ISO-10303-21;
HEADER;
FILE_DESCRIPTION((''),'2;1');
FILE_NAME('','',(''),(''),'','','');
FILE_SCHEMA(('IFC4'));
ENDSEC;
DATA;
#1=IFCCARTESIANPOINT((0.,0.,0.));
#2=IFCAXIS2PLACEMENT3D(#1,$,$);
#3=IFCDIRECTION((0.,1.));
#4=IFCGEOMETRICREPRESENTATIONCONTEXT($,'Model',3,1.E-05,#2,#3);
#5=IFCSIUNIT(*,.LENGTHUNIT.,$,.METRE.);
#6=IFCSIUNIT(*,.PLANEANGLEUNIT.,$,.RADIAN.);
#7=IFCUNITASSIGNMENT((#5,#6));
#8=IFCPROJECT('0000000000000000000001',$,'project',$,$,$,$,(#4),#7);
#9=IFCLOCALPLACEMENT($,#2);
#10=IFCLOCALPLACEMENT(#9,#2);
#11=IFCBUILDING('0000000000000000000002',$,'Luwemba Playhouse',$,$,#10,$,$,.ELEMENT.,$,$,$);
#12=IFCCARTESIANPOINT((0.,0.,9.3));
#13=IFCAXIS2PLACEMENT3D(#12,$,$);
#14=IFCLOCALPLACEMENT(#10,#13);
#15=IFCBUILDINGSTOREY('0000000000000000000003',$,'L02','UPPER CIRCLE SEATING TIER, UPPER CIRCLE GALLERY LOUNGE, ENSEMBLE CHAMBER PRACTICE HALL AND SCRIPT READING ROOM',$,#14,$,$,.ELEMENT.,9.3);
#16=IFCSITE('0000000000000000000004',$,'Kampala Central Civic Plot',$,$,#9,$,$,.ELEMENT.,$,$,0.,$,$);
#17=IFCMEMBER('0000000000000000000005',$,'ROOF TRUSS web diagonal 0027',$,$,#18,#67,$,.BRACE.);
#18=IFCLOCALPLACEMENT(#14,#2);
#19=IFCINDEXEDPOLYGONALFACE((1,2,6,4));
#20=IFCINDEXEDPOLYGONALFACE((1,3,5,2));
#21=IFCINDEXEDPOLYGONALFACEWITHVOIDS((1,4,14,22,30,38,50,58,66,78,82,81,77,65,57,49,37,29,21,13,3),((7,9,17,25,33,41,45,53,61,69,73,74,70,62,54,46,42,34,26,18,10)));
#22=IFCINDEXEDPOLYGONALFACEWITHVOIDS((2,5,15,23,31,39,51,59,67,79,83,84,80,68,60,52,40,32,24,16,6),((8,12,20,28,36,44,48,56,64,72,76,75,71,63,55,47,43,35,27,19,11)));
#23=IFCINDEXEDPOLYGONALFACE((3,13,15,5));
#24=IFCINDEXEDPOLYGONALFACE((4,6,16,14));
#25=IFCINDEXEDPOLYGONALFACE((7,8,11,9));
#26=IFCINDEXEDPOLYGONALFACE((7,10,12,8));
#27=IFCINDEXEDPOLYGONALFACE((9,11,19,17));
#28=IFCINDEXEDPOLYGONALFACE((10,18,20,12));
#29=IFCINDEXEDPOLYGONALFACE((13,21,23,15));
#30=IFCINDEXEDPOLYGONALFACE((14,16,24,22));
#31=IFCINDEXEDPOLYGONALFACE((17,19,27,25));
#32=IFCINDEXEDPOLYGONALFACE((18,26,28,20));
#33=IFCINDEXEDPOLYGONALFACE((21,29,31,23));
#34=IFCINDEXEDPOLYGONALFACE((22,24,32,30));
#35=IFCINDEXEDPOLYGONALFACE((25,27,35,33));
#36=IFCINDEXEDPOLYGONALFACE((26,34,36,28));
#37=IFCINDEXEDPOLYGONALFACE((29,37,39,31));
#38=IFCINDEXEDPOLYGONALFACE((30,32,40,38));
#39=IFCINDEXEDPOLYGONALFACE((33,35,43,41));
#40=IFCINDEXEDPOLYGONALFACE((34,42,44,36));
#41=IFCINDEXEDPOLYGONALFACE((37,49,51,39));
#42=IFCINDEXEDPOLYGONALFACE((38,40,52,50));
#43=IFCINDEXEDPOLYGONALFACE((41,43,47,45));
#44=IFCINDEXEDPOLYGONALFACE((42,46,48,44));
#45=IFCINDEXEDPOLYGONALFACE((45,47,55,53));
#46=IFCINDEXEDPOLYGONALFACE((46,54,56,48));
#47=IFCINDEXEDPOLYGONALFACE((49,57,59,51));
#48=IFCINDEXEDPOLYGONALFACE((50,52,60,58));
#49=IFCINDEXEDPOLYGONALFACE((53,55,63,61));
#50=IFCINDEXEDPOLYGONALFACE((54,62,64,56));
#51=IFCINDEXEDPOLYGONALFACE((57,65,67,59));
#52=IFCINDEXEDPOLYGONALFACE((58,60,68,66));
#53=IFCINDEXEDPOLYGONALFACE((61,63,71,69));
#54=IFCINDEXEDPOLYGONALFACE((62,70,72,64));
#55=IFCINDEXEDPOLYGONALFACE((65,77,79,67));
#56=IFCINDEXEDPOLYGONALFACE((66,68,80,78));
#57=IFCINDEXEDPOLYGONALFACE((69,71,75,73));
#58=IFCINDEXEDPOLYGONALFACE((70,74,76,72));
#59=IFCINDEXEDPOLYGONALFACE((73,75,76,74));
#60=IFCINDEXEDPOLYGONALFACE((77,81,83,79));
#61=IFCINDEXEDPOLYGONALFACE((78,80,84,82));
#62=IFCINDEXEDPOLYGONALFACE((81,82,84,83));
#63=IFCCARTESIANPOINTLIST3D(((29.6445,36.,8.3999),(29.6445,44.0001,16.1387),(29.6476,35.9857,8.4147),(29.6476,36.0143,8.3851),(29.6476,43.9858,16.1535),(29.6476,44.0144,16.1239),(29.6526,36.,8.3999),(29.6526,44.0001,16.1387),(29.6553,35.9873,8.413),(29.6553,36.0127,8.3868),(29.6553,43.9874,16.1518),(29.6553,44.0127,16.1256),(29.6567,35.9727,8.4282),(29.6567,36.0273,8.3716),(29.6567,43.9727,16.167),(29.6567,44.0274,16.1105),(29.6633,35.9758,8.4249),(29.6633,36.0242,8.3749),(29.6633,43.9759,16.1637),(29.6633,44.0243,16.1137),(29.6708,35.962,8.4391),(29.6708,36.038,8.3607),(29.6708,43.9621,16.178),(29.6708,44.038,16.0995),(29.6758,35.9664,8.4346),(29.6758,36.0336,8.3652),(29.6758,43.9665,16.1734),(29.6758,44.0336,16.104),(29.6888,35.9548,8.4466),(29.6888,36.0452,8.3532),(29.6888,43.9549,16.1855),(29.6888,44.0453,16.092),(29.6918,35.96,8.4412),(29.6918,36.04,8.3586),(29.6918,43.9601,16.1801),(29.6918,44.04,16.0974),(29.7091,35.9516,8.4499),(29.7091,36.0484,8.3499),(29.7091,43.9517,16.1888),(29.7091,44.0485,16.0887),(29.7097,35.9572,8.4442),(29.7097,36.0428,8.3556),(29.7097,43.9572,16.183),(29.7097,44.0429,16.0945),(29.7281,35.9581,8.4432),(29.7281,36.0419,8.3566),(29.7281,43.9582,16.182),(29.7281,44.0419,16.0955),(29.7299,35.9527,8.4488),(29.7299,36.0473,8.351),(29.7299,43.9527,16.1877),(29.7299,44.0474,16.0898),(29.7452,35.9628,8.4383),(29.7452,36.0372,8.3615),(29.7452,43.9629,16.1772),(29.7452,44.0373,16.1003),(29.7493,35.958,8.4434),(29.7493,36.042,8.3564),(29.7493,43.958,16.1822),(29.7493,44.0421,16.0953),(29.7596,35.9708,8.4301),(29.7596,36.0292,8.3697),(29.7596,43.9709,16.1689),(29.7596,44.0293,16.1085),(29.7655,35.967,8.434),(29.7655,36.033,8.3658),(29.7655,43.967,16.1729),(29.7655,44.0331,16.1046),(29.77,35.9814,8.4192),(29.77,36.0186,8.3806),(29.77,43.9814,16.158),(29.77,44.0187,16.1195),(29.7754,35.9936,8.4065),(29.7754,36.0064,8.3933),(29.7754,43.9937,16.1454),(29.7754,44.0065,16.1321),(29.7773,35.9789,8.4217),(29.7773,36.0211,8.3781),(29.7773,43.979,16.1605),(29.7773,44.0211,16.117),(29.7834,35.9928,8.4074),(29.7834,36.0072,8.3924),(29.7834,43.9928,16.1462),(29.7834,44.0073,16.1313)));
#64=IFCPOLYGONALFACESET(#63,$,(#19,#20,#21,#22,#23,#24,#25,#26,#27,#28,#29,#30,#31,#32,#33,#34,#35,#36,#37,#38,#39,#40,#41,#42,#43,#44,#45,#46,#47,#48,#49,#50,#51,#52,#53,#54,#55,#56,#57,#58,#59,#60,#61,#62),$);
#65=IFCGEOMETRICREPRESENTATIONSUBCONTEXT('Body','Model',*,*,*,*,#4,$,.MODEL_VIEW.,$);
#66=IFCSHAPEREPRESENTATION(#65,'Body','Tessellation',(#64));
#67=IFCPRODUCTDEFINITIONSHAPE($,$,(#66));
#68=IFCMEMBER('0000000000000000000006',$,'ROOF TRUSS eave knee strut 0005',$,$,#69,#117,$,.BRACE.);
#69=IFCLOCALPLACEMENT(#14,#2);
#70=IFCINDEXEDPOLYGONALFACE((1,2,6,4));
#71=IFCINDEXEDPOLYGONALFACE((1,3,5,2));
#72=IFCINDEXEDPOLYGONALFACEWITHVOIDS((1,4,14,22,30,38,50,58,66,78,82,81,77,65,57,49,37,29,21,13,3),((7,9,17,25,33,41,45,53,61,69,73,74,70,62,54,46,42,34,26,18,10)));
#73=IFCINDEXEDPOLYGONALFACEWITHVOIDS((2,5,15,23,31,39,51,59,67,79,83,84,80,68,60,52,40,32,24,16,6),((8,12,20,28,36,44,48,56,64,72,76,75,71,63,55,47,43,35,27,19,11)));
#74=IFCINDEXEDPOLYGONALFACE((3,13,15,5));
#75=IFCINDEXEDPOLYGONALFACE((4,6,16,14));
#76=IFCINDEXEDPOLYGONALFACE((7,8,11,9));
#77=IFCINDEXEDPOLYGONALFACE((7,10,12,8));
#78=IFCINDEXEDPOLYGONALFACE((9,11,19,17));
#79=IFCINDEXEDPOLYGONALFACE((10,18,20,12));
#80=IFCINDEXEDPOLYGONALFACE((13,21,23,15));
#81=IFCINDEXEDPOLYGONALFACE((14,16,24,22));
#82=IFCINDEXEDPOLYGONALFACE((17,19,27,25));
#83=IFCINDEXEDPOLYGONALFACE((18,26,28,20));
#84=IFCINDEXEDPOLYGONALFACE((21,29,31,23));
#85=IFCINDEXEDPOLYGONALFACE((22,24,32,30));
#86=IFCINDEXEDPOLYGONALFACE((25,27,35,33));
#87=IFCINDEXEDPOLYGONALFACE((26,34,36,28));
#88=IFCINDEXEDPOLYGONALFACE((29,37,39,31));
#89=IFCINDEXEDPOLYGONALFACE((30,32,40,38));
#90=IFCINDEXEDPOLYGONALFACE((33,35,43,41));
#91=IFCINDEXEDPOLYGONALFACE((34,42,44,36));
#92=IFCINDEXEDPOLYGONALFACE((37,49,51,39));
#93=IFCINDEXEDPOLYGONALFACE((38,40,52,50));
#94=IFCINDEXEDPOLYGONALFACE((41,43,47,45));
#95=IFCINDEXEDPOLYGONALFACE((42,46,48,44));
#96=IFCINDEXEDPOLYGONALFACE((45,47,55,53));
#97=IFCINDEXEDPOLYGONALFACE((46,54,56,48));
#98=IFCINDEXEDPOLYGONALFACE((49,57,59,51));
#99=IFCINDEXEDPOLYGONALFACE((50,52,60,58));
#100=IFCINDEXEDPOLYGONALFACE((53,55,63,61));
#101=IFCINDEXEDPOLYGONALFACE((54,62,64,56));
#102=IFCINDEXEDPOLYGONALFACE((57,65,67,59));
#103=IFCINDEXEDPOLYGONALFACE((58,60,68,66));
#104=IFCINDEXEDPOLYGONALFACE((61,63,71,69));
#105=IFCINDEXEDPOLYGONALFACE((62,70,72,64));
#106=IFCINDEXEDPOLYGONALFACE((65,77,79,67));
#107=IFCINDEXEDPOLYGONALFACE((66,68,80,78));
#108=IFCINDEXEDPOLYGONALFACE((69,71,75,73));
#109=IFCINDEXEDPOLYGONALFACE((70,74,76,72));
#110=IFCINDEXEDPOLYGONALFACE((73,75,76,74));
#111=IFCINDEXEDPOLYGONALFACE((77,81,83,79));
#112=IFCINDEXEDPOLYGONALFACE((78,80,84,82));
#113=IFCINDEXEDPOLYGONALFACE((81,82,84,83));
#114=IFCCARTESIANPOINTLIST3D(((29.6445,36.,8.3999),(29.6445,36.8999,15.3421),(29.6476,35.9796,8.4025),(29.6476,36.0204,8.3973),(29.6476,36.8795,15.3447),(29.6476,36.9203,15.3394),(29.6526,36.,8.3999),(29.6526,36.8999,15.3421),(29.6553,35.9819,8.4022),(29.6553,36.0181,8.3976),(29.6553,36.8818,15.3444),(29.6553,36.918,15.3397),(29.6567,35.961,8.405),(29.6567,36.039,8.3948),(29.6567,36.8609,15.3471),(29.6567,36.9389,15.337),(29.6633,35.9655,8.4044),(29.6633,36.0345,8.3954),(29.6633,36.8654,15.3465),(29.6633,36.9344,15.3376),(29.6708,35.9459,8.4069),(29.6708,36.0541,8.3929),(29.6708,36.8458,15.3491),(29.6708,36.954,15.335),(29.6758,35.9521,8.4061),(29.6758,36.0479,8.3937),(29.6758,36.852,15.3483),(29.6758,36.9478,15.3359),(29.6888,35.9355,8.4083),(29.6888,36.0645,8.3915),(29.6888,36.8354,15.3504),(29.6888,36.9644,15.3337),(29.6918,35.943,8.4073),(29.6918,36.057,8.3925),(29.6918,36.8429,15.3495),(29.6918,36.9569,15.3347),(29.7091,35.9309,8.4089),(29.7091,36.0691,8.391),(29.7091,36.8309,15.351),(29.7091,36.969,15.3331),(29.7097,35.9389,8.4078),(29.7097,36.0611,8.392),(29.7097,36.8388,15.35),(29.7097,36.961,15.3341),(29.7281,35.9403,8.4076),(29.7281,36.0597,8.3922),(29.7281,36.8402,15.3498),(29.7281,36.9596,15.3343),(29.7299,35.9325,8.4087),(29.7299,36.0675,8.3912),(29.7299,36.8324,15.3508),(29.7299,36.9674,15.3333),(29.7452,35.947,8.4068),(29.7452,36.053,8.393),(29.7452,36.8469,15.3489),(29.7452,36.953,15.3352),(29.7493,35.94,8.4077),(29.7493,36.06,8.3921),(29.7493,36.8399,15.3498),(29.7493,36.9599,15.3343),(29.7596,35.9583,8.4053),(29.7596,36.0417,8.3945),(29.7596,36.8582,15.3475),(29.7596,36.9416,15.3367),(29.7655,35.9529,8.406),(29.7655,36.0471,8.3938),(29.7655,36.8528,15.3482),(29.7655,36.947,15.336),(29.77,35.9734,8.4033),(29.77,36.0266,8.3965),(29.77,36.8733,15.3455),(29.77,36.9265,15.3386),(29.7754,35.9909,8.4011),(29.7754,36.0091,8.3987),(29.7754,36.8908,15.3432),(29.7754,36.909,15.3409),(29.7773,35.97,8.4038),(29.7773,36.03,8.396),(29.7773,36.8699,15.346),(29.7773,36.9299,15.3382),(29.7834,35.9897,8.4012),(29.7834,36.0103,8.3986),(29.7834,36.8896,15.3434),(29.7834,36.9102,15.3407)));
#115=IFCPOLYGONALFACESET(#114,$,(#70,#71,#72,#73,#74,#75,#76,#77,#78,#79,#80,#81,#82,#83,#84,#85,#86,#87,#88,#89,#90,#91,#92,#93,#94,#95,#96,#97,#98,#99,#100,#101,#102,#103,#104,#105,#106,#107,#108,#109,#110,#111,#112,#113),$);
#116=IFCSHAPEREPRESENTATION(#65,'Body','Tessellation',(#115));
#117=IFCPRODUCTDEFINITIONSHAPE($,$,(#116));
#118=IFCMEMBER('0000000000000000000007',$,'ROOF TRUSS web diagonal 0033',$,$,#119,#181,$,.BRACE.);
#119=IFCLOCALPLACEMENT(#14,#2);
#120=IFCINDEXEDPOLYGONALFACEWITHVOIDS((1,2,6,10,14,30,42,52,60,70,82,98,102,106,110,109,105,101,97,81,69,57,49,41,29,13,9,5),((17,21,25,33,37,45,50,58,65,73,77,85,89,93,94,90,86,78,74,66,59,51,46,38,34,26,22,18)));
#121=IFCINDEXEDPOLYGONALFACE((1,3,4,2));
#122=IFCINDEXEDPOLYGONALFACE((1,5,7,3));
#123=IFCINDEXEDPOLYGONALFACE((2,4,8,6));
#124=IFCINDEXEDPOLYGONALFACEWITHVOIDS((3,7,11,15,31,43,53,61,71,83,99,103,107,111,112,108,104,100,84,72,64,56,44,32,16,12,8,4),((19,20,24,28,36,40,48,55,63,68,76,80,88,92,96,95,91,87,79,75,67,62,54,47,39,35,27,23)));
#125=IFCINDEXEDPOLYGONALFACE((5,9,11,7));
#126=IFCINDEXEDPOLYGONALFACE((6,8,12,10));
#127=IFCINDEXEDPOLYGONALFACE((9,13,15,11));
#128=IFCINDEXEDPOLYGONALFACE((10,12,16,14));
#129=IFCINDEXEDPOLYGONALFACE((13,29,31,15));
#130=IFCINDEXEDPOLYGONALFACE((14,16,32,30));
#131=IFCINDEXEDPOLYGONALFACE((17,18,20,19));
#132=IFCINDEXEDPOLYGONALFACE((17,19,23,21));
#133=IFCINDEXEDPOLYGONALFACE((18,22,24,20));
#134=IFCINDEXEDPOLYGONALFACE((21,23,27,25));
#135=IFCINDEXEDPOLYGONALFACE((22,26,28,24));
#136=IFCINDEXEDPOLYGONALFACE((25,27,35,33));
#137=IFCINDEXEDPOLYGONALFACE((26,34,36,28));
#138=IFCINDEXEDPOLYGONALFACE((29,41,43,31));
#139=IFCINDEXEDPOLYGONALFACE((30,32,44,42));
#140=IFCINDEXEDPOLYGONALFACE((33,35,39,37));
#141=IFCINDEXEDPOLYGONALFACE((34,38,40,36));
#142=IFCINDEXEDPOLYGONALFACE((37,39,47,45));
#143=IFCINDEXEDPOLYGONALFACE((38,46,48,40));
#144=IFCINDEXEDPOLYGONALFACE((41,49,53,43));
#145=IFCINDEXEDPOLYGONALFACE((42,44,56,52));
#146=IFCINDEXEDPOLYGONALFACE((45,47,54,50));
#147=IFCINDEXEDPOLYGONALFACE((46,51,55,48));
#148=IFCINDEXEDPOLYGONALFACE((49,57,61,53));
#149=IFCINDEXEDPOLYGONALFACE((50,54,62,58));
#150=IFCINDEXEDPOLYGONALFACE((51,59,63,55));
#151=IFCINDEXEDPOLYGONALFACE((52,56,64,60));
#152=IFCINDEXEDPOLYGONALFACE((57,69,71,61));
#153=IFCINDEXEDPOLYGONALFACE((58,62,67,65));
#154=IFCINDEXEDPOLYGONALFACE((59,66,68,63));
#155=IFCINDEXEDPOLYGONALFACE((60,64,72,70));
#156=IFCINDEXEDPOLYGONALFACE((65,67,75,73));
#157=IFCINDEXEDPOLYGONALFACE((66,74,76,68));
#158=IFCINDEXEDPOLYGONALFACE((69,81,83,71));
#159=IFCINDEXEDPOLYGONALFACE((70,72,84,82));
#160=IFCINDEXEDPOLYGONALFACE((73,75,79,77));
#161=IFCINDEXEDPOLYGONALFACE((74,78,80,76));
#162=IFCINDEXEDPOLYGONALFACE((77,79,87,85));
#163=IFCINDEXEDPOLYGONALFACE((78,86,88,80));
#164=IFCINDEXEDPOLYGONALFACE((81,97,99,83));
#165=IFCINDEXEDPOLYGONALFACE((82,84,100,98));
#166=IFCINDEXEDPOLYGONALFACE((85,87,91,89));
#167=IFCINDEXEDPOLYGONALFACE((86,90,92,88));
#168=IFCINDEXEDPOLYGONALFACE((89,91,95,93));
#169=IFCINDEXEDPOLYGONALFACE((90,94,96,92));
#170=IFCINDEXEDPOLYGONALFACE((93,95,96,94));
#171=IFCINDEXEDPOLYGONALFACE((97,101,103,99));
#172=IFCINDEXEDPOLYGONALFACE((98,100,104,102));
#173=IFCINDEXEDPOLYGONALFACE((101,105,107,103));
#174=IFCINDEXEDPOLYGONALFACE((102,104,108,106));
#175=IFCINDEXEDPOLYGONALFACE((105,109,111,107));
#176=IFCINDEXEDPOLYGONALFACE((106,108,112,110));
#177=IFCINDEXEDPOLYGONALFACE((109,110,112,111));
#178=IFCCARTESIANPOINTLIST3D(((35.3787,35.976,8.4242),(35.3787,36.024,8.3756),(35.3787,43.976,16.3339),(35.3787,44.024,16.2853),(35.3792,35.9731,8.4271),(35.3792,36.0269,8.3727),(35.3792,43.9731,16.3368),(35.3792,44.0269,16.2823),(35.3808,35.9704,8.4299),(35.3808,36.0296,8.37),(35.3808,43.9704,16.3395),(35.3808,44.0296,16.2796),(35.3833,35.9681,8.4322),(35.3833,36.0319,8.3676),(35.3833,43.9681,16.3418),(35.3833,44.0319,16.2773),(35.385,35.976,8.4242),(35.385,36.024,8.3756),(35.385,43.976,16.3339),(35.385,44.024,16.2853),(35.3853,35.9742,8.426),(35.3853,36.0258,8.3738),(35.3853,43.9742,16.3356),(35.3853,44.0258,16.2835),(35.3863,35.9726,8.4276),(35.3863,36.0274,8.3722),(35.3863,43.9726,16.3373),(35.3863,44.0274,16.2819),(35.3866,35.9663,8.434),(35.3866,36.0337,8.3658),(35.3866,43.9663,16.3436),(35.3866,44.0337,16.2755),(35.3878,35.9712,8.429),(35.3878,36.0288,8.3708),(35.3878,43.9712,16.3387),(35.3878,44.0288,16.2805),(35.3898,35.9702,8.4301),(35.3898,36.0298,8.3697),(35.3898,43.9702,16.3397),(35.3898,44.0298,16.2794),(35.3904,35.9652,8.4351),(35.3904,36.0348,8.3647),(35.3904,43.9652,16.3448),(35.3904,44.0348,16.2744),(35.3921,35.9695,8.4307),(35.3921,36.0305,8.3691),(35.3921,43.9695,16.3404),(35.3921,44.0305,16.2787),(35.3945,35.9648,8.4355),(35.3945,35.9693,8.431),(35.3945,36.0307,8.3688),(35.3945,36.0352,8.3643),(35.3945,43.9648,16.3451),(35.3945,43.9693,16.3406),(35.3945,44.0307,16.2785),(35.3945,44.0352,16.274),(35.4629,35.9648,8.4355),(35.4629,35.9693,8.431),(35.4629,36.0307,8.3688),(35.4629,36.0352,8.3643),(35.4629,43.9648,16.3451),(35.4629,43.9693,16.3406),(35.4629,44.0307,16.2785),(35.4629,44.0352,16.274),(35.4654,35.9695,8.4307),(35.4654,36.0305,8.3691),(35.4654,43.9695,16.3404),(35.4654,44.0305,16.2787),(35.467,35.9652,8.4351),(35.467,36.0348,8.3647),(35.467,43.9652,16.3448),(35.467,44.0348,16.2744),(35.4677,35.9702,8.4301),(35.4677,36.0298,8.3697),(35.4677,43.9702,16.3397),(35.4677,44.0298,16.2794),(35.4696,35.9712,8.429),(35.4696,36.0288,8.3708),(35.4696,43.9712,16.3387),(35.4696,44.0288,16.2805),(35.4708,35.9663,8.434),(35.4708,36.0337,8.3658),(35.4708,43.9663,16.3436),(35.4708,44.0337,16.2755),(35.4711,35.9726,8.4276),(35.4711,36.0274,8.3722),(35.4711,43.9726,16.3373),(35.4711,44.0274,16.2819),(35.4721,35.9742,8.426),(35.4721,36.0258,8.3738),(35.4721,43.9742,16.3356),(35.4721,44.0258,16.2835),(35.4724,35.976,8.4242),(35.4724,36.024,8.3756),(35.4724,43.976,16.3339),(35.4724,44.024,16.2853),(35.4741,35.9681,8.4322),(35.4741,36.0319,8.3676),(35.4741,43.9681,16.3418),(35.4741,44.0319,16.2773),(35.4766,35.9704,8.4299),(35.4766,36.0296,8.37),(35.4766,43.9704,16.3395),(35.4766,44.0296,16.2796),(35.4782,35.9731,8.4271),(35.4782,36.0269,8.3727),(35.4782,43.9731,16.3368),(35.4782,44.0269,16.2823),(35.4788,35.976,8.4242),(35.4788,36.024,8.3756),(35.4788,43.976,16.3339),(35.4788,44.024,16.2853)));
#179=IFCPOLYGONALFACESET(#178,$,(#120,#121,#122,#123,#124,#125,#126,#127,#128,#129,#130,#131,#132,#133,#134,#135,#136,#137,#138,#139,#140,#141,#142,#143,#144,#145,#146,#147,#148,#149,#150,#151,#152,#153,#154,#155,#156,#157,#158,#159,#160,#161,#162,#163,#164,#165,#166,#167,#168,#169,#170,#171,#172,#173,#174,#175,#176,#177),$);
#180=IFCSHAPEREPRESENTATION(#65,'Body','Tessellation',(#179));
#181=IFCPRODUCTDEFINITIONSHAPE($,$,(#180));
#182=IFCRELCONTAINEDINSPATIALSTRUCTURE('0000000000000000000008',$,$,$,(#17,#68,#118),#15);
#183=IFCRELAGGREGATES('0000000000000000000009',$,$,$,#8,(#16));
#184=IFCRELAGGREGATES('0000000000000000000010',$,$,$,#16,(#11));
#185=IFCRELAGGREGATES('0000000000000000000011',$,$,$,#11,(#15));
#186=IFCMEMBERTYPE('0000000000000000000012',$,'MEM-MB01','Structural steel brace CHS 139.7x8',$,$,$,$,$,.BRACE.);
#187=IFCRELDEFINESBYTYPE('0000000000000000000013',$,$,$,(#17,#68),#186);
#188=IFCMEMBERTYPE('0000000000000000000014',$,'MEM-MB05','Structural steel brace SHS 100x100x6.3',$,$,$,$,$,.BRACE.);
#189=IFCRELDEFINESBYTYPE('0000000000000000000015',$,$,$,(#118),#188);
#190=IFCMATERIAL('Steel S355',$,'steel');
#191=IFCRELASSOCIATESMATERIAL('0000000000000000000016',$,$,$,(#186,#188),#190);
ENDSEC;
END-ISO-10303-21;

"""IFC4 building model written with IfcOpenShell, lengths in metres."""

from ifc_helpers import new_model, si_unit, direction, frame, origin, origin_2d, place, context, subcontext, project, spatial, hollow_rectangle, hollow_circle, extrude, material, material_profile, profile_set, type_object, element, save


model = new_model("IFC4")

# Units and contexts
model_context = context("Model", 3, precision=1e-05, world=origin(), true_north=direction((0.0, 1.0)))
body_context = subcontext(model_context, "Body", "Model", "MODEL_VIEW")
ifc_project = project(units=[si_unit("LENGTHUNIT", "METRE"), si_unit("PLANEANGLEUNIT", "RADIAN")], contexts=[model_context])

# Site, building, storey
site_placement = place(None, origin())
site = spatial("IfcSite", under=ifc_project, at=site_placement, Name="Kampala Central Civic Plot", CompositionType="ELEMENT", RefElevation=0.0)
building_placement = place(site_placement, origin())
building = spatial("IfcBuilding", under=site, at=building_placement, Name="Luwemba Playhouse", CompositionType="ELEMENT")
storey_placement = place(building_placement, frame((0.0, 0.0, 9.3)))
storey = spatial("IfcBuildingStorey", under=building, at=storey_placement, Name="L02", Description="UPPER CIRCLE SEATING TIER, UPPER CIRCLE GALLERY LOUNGE, ENSEMBLE CHAMBER PRACTICE HALL AND SCRIPT READING ROOM", CompositionType="ELEMENT", Elevation=9.3)

# Shared definitions
ifc_material_1 = material(Name="Steel S355", Category="steel")

# Members
ifc_material_profile_1 = material_profile(ifc_material_1, hollow_circle(Radius=0.0698, WallThickness=0.0081, at=origin_2d()))
ifc_profile_set_1 = profile_set([ifc_material_profile_1], Name="Steel S355")
member_type_1 = type_object("IfcMemberType", Name="MEM-MB01", Description="Structural steel brace CHS 139.7x8", PredefinedType="BRACE", material=ifc_profile_set_1)
member_1_placement = place(storey_placement, frame((29.7144, 36.0, 8.3999), z_axis=(0.0, 0.718744, 0.695275), x_axis=(-1.0, 0.0, 0.0)))
element("IfcMember", 1, at=member_1_placement, inside=storey, type_object=member_type_1, Name="ROOF TRUSS web diagonal 0027", PredefinedType="BRACE", context=body_context, shape_type="SweptSolid", body=[
    extrude(hollow_circle(Radius=0.0698, WallThickness=0.0081, at=origin_2d()), origin(), (0.0, 0.0, 1.0), 11.1306),
])
member_2_placement = place(storey_placement, frame((29.7144, 36.0, 8.3999), z_axis=(0.0, 0.128553, 0.991703), x_axis=(-1.0, 0.0, 0.0)))
element("IfcMember", 2, at=member_2_placement, inside=storey, type_object=member_type_1, Name="ROOF TRUSS eave knee strut 0005", PredefinedType="BRACE", context=body_context, shape_type="SweptSolid", body=[
    extrude(hollow_circle(Radius=0.0698, WallThickness=0.0081, at=origin_2d()), origin(), (0.0, 0.0, 1.0), 7.0002),
])
ifc_material_profile_2 = material_profile(ifc_material_1, hollow_rectangle(XDim=0.1001, YDim=0.1001, WallThickness=0.0063, InnerFilletRadius=0.0095, OuterFilletRadius=0.0159, at=origin_2d()))
ifc_profile_set_2 = profile_set([ifc_material_profile_2], Name="Steel S355")
member_type_2 = type_object("IfcMemberType", Name="MEM-MB05", Description="Structural steel brace SHS 100x100x6.3", PredefinedType="BRACE", material=ifc_profile_set_2)
member_3_placement = place(storey_placement, frame((35.4287, 36.0, 8.3999), z_axis=(0.0, 0.71111, 0.703081), x_axis=(-1.0, 0.0, 0.0)))
element("IfcMember", 3, at=member_3_placement, inside=storey, type_object=member_type_2, Name="ROOF TRUSS web diagonal 0033", PredefinedType="BRACE", context=body_context, shape_type="SweptSolid", body=[
    extrude(hollow_rectangle(XDim=0.1001, YDim=0.1001, WallThickness=0.0063, InnerFilletRadius=0.0095, OuterFilletRadius=0.0159, at=origin_2d()), origin(), (0.0, 0.0, 1.0), 11.25),
])

save(model, "model.ifc")
